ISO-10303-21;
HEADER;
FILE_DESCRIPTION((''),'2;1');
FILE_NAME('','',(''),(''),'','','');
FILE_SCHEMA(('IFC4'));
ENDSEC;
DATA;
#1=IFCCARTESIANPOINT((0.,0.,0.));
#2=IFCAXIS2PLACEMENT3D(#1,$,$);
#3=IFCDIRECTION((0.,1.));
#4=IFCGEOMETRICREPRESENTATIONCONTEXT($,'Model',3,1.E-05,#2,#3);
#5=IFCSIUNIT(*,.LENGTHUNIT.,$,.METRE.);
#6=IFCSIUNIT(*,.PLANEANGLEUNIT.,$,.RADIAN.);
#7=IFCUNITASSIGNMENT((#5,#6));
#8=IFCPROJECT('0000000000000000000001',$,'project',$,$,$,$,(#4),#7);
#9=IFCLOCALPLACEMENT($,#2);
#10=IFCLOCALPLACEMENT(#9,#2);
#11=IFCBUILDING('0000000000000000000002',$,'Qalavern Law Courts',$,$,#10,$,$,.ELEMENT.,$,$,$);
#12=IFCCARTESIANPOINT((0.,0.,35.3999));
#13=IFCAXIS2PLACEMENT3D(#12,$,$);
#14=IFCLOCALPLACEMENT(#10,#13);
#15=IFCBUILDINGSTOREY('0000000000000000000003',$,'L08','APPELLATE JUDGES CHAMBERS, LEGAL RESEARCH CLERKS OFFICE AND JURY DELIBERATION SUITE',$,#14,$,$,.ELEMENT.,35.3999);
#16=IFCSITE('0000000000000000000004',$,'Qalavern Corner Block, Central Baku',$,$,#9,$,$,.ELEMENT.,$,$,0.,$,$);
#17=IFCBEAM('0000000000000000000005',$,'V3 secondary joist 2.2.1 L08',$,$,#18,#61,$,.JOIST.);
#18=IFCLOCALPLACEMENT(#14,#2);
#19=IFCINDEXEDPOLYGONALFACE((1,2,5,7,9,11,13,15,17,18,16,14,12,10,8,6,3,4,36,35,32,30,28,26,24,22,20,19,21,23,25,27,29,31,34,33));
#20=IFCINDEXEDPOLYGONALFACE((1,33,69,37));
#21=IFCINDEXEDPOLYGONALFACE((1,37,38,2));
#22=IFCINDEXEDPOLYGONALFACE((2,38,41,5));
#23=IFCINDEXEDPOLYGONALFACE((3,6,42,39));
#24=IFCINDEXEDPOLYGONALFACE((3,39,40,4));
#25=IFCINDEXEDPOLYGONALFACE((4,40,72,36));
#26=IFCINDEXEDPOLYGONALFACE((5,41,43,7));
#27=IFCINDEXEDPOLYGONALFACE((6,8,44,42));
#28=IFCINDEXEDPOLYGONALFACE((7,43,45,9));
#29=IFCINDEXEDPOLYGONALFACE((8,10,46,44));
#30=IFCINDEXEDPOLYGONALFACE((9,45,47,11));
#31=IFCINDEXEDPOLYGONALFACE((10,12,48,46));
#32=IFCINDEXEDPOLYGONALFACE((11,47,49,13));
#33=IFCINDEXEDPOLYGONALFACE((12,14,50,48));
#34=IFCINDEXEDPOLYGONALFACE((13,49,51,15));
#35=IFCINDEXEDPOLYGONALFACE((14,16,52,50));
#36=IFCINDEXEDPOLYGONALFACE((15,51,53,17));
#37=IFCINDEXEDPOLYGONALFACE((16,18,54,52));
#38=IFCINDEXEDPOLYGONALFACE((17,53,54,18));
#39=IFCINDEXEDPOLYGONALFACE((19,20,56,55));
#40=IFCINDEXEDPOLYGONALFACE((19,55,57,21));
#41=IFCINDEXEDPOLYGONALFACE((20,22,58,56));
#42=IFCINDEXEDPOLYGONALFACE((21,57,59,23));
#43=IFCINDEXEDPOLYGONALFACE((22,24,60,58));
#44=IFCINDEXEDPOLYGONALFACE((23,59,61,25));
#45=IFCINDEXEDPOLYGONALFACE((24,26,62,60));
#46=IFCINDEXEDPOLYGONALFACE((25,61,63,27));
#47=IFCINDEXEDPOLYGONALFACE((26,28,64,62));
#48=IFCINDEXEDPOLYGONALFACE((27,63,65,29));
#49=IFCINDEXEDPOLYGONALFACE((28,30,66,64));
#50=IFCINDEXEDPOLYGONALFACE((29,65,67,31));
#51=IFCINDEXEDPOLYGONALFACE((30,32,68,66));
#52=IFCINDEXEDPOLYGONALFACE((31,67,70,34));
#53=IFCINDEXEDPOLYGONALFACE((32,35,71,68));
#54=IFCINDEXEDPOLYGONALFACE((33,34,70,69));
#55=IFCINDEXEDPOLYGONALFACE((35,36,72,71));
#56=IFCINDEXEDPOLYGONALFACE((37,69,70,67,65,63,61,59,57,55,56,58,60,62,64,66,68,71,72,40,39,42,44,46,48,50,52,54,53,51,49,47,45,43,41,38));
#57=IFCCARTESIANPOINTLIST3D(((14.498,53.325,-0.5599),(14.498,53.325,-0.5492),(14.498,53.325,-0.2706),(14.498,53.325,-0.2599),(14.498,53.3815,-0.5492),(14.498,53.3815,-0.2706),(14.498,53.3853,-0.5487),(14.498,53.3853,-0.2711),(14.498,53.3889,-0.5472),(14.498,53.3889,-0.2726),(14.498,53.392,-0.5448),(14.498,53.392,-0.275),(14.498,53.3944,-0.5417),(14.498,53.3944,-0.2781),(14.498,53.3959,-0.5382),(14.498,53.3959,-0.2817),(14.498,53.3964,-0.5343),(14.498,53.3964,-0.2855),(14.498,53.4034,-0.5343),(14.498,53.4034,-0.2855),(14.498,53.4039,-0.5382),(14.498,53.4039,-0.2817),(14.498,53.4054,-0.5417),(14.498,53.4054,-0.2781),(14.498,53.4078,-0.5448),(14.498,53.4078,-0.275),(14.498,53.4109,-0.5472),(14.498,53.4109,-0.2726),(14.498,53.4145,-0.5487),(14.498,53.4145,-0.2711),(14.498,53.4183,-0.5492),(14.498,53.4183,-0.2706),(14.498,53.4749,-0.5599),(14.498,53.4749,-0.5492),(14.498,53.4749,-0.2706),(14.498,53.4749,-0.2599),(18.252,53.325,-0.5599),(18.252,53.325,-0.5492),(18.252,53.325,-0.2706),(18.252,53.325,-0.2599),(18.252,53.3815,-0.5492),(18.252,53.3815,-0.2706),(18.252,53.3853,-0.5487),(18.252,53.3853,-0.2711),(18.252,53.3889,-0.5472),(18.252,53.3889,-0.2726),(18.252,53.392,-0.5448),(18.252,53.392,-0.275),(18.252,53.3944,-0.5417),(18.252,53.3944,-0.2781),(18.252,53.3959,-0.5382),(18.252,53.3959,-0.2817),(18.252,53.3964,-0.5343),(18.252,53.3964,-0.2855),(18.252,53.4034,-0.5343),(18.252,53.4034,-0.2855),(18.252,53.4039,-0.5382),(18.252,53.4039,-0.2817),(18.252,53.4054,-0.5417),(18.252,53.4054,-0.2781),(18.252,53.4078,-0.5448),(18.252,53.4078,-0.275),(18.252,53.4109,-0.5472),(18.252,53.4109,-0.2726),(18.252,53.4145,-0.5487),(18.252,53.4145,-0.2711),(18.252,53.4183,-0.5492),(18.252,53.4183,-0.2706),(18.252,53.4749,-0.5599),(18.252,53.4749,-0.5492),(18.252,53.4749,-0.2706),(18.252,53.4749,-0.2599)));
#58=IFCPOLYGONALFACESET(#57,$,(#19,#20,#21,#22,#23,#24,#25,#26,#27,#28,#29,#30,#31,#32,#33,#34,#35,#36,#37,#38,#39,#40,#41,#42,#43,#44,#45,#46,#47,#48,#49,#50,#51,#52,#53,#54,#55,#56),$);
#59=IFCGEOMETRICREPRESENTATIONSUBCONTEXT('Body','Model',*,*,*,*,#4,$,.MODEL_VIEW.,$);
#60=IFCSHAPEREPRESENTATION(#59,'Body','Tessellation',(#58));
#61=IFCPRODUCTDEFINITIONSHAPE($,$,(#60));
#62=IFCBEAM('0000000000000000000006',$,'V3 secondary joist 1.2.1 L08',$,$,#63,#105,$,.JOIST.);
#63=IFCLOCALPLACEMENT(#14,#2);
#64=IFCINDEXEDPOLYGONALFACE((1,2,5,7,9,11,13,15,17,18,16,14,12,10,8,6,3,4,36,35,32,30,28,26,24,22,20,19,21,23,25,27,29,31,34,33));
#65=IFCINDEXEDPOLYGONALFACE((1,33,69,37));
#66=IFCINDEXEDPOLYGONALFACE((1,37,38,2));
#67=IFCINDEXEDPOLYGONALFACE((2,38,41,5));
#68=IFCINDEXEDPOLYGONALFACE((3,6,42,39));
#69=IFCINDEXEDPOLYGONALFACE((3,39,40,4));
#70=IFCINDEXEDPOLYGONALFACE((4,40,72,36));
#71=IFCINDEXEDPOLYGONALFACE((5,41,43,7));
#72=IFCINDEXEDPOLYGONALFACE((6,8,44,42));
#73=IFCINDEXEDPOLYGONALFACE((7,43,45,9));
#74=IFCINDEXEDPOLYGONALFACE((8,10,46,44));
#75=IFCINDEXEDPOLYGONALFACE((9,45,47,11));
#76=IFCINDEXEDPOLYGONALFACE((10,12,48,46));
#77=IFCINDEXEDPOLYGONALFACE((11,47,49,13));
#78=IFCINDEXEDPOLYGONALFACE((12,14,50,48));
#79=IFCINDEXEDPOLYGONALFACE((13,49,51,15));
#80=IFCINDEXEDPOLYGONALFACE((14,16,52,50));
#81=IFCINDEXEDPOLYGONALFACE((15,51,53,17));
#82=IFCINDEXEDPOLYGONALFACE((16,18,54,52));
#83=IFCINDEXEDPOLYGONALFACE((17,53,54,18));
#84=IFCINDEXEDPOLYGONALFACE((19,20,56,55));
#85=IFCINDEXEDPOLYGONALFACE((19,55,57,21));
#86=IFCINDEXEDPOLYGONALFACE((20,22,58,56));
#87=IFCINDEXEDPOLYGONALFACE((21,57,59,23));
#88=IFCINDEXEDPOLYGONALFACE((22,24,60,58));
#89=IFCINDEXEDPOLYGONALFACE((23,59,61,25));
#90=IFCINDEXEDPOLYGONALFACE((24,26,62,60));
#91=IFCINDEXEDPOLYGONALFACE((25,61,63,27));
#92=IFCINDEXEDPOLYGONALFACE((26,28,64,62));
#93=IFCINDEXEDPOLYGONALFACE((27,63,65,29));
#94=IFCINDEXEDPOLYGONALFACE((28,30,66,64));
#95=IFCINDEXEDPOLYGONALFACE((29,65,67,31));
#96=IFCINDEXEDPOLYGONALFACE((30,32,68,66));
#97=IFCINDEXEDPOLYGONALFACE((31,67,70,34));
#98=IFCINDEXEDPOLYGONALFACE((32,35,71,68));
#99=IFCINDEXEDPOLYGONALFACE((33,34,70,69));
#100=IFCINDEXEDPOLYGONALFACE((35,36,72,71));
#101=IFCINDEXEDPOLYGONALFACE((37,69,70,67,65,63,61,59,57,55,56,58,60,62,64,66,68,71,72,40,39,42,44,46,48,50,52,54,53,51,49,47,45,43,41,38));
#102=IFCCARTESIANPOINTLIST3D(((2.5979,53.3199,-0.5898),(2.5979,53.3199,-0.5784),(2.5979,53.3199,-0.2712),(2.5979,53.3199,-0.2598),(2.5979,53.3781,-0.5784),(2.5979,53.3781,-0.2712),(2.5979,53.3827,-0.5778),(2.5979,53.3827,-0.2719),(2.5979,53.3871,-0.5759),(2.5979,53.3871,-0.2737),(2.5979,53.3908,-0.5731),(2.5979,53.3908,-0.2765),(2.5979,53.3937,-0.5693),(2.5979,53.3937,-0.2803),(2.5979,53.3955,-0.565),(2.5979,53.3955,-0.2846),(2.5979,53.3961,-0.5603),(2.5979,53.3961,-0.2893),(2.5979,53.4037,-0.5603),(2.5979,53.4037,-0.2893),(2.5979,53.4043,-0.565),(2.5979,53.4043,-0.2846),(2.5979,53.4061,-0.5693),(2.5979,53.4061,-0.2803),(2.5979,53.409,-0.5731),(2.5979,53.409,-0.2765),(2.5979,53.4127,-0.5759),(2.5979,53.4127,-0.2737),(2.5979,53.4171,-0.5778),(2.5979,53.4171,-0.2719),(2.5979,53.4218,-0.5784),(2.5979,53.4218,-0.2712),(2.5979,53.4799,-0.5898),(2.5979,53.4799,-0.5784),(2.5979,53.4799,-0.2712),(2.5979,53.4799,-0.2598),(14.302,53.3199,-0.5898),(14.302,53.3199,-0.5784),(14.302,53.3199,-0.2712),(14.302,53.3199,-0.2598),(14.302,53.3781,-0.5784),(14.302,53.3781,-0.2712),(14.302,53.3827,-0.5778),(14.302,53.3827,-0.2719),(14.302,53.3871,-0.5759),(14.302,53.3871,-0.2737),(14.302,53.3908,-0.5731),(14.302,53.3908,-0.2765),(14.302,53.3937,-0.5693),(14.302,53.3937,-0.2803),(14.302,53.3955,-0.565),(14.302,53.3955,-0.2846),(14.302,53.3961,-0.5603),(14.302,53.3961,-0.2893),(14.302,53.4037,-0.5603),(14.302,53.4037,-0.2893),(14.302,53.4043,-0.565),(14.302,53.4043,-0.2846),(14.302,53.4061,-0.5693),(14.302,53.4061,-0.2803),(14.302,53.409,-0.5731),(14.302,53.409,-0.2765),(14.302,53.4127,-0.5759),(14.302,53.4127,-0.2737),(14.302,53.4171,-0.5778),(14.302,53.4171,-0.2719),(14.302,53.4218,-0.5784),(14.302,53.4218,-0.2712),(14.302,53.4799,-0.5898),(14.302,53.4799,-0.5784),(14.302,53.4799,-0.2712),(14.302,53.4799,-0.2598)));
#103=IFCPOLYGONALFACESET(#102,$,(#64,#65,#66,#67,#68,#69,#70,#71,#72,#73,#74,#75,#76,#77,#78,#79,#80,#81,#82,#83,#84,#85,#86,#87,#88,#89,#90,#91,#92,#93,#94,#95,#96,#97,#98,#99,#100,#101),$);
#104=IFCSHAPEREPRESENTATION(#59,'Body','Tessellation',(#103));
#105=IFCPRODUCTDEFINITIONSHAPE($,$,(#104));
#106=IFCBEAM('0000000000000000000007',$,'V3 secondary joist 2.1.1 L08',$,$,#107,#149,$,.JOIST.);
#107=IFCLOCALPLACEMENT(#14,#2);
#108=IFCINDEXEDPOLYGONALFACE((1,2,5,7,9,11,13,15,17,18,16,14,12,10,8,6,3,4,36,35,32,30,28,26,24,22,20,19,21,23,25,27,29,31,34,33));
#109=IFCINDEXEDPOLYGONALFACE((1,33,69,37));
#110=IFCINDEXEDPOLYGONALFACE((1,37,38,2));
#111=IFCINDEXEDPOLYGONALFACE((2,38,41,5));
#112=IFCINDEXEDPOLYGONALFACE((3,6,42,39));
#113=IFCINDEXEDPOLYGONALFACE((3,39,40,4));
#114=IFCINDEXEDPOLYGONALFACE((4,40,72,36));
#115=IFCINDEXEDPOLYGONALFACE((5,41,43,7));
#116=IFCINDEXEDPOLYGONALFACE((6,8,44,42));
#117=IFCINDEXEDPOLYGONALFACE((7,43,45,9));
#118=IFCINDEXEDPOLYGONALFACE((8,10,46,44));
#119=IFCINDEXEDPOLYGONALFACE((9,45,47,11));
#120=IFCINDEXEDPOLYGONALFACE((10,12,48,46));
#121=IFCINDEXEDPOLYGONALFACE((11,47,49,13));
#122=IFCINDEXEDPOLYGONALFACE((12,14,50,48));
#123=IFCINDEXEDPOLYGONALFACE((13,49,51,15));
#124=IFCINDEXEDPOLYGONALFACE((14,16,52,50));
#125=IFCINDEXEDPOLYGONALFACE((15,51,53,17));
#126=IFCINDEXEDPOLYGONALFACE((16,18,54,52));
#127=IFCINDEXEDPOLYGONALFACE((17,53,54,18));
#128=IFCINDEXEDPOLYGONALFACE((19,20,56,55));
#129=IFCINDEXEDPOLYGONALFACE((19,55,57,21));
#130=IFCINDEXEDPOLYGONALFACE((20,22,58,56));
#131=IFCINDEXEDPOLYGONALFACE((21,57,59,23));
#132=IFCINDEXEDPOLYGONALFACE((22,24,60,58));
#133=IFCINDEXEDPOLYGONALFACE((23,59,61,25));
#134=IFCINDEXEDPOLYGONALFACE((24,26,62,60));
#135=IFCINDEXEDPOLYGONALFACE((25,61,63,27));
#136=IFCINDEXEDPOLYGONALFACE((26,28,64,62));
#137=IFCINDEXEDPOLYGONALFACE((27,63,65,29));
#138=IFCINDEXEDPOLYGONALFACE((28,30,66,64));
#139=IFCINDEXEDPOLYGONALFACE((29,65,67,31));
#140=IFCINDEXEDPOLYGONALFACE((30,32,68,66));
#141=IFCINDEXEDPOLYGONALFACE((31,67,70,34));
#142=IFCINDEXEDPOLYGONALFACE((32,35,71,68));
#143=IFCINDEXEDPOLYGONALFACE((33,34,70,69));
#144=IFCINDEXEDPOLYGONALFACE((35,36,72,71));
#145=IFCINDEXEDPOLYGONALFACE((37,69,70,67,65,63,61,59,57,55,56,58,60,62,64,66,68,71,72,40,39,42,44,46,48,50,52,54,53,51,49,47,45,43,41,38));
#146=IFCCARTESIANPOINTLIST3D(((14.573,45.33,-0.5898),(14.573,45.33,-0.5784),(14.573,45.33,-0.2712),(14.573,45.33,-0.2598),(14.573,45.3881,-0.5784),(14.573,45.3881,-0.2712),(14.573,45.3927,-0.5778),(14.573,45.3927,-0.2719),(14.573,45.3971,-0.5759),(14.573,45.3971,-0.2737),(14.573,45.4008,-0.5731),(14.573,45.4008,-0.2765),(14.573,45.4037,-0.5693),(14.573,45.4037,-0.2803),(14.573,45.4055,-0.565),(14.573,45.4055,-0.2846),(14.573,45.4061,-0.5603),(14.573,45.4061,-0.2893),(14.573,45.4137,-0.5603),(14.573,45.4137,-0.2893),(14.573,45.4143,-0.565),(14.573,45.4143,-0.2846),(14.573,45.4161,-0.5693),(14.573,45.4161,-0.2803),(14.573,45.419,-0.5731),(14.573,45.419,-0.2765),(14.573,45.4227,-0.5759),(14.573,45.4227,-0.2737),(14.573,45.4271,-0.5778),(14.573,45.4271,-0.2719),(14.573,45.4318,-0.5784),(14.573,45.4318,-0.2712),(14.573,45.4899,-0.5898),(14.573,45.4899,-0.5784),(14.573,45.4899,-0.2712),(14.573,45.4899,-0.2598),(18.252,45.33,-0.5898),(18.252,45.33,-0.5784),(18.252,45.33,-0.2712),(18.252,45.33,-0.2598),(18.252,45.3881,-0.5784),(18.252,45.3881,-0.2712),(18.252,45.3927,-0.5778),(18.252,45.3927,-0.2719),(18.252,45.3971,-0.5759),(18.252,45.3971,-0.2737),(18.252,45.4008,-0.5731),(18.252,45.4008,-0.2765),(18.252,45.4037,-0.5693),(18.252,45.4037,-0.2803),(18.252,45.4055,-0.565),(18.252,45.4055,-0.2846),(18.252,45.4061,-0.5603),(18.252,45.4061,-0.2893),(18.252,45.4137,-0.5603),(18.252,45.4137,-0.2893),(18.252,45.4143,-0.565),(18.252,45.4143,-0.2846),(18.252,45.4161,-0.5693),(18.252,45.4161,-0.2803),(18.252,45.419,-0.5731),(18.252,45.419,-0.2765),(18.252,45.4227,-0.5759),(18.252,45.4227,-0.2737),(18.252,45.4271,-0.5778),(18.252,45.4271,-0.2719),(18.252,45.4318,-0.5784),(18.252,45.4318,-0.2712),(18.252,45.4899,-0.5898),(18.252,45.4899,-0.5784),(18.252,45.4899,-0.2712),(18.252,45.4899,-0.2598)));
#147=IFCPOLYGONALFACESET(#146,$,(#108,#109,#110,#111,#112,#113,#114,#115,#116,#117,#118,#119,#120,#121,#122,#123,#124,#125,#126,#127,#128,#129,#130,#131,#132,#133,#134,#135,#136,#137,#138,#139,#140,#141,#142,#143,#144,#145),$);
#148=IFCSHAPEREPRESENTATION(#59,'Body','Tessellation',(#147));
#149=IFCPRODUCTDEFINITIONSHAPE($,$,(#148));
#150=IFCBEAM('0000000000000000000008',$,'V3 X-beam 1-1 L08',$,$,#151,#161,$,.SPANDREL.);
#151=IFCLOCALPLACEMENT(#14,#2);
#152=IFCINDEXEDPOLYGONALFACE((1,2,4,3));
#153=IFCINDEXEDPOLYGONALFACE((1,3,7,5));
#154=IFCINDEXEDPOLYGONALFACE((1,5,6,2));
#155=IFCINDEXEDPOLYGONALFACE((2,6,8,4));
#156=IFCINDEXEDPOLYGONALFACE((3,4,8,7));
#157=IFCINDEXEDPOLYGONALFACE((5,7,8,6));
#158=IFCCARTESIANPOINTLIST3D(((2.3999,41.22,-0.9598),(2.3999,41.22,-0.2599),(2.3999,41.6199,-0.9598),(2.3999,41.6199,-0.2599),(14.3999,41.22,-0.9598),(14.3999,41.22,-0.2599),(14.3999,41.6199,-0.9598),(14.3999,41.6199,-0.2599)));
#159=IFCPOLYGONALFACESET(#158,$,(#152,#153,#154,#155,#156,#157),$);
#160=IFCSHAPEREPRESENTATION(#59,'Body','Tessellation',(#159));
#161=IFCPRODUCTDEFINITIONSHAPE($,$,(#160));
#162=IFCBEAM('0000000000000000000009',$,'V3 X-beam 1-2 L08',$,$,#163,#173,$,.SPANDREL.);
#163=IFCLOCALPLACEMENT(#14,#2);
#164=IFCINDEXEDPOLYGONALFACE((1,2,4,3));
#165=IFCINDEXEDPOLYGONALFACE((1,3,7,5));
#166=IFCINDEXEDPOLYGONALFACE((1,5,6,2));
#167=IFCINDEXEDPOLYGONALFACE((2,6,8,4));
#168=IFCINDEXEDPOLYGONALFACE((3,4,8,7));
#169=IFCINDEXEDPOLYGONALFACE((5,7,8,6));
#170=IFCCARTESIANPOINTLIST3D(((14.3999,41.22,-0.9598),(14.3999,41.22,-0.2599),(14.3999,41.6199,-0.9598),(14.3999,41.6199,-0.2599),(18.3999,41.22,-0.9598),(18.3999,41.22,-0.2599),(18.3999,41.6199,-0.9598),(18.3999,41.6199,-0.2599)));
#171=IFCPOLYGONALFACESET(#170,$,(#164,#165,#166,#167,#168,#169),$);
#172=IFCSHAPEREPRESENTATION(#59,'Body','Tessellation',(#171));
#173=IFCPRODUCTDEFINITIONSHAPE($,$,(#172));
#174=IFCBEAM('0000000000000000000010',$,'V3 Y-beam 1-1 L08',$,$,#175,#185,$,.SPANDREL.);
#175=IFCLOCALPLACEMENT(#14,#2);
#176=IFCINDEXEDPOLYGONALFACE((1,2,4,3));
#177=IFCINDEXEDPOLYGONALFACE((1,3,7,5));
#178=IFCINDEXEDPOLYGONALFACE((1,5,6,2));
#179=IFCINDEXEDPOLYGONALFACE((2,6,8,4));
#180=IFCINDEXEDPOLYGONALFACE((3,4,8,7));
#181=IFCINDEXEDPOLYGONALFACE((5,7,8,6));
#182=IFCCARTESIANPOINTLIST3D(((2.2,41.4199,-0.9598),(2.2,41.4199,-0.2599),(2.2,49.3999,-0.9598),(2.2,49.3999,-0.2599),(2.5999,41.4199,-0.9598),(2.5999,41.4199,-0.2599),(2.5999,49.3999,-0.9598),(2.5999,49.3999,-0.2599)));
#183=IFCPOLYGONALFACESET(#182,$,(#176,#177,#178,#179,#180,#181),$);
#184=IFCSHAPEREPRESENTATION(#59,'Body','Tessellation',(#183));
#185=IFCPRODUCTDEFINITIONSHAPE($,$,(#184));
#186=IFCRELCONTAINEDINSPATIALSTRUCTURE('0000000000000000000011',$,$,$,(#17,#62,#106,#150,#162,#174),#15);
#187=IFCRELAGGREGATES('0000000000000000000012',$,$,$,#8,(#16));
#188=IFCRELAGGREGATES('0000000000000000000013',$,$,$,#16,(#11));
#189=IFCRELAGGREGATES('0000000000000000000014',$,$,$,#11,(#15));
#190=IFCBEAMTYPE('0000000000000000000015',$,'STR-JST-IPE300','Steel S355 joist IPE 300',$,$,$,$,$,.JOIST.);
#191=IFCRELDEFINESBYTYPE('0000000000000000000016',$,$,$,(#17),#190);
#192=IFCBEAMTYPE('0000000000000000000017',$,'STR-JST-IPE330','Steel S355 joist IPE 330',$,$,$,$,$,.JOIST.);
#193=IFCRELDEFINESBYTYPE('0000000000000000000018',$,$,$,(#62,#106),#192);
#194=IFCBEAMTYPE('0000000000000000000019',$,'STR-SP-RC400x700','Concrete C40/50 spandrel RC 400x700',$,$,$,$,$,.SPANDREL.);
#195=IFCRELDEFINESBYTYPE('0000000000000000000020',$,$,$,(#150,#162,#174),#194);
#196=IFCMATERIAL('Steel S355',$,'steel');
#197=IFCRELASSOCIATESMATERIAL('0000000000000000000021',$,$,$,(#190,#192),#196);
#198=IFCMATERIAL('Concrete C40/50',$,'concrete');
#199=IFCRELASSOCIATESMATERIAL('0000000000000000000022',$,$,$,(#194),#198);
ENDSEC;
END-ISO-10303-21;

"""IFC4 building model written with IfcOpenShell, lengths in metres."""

from ifc_helpers import new_model, si_unit, direction, frame, origin, origin_2d, place, context, subcontext, project, spatial, rectangle, i_section, extrude, material, material_profile, profile_set, type_object, element, save


model = new_model("IFC4")

# Units and contexts
model_context = context("Model", 3, precision=1e-05, world=origin(), true_north=direction((0.0, 1.0)))
body_context = subcontext(model_context, "Body", "Model", "MODEL_VIEW")
ifc_project = project(units=[si_unit("LENGTHUNIT", "METRE"), si_unit("PLANEANGLEUNIT", "RADIAN")], contexts=[model_context])

# Site, building, storey
site_placement = place(None, origin())
site = spatial("IfcSite", under=ifc_project, at=site_placement, Name="Qalavern Corner Block, Central Baku", CompositionType="ELEMENT", RefElevation=0.0)
building_placement = place(site_placement, origin())
building = spatial("IfcBuilding", under=site, at=building_placement, Name="Qalavern Law Courts", CompositionType="ELEMENT")
storey_placement = place(building_placement, frame((0.0, 0.0, 35.3999)))
storey = spatial("IfcBuildingStorey", under=building, at=storey_placement, Name="L08", Description="APPELLATE JUDGES CHAMBERS, LEGAL RESEARCH CLERKS OFFICE AND JURY DELIBERATION SUITE", CompositionType="ELEMENT", Elevation=35.3999)

# Beams
ifc_material_1 = material(Name="Steel S355", Category="steel")
ifc_material_2 = material(Name="Concrete C40/50", Category="concrete")
ifc_material_profile_1 = material_profile(ifc_material_1, i_section(OverallWidth=0.1499, OverallDepth=0.3, WebThickness=0.0071, FlangeThickness=0.0107, FilletRadius=0.0149, at=origin_2d()), Name="IPE 300")
ifc_profile_set_1 = profile_set([ifc_material_profile_1], Name="Steel S355")
beam_type_1 = type_object("IfcBeamType", Name="STR-JST-IPE300", Description="Steel S355 joist IPE 300", PredefinedType="JOIST", material=ifc_profile_set_1)
beam_1_placement = place(storey_placement, frame((14.498, 53.3999, -0.4099), z_axis=(1.0, 0.0, 0.0), x_axis=(0.0, 1.0, 0.0)))
element("IfcBeam", 1, at=beam_1_placement, inside=storey, type_object=beam_type_1, Name="V3 secondary joist 2.2.1 L08", PredefinedType="JOIST", context=body_context, shape_type="SweptSolid", body=[
    extrude(i_section(OverallWidth=0.1499, OverallDepth=0.3, WebThickness=0.0071, FlangeThickness=0.0107, FilletRadius=0.0149, at=origin_2d()), origin(), (0.0, 0.0, 1.0), 3.7539),
])
ifc_material_profile_2 = material_profile(ifc_material_1, i_section(OverallWidth=0.1599, OverallDepth=0.3301, WebThickness=0.0076, FlangeThickness=0.0115, FilletRadius=0.0181, at=origin_2d()), Name="IPE 330")
ifc_profile_set_2 = profile_set([ifc_material_profile_2], Name="Steel S355")
beam_type_2 = type_object("IfcBeamType", Name="STR-JST-IPE330", Description="Steel S355 joist IPE 330", PredefinedType="JOIST", material=ifc_profile_set_2)
beam_2_placement = place(storey_placement, frame((2.5979, 53.3999, -0.4248), z_axis=(1.0, 0.0, 0.0), x_axis=(0.0, 1.0, 0.0)))
element("IfcBeam", 2, at=beam_2_placement, inside=storey, type_object=beam_type_2, Name="V3 secondary joist 1.2.1 L08", PredefinedType="JOIST", context=body_context, shape_type="SweptSolid", body=[
    extrude(i_section(OverallWidth=0.1599, OverallDepth=0.3301, WebThickness=0.0076, FlangeThickness=0.0115, FilletRadius=0.0181, at=origin_2d()), origin(), (0.0, 0.0, 1.0), 11.7041),
])
beam_3_placement = place(storey_placement, frame((14.573, 45.4099, -0.4248), z_axis=(1.0, 0.0, 0.0), x_axis=(0.0, 1.0, 0.0)))
element("IfcBeam", 3, at=beam_3_placement, inside=storey, type_object=beam_type_2, Name="V3 secondary joist 2.1.1 L08", PredefinedType="JOIST", context=body_context, shape_type="SweptSolid", body=[
    extrude(i_section(OverallWidth=0.1599, OverallDepth=0.3301, WebThickness=0.0076, FlangeThickness=0.0115, FilletRadius=0.0181, at=origin_2d()), origin(), (0.0, 0.0, 1.0), 3.679),
])
ifc_material_profile_3 = material_profile(ifc_material_2, rectangle(XDim=0.3999, YDim=0.7, at=origin_2d()), Name="RC 400x700")
ifc_profile_set_3 = profile_set([ifc_material_profile_3], Name="Concrete C40/50")
beam_type_3 = type_object("IfcBeamType", Name="STR-SP-RC400x700", Description="Concrete C40/50 spandrel RC 400x700", PredefinedType="SPANDREL", material=ifc_profile_set_3)
beam_4_placement = place(storey_placement, frame((2.3999, 41.4199, -0.6099), z_axis=(1.0, 0.0, 0.0), x_axis=(0.0, 1.0, 0.0)))
element("IfcBeam", 4, at=beam_4_placement, inside=storey, type_object=beam_type_3, Name="V3 X-beam 1-1 L08", PredefinedType="SPANDREL", context=body_context, shape_type="SweptSolid", body=[
    extrude(rectangle(XDim=0.3999, YDim=0.7, at=origin_2d()), origin(), (0.0, 0.0, 1.0), 12.0),
])
beam_5_placement = place(storey_placement, frame((14.3999, 41.4199, -0.6099), z_axis=(1.0, 0.0, 0.0), x_axis=(0.0, 1.0, 0.0)))
element("IfcBeam", 5, at=beam_5_placement, inside=storey, type_object=beam_type_3, Name="V3 X-beam 1-2 L08", PredefinedType="SPANDREL", context=body_context, shape_type="SweptSolid", body=[
    extrude(rectangle(XDim=0.3999, YDim=0.7, at=origin_2d()), origin(), (0.0, 0.0, 1.0), 4.0),
])
beam_6_placement = place(storey_placement, frame((2.3999, 41.4199, -0.6099), z_axis=(0.0, 1.0, 0.0), x_axis=(-1.0, 0.0, 0.0)))
element("IfcBeam", 6, at=beam_6_placement, inside=storey, type_object=beam_type_3, Name="V3 Y-beam 1-1 L08", PredefinedType="SPANDREL", context=body_context, shape_type="SweptSolid", body=[
    extrude(rectangle(XDim=0.3999, YDim=0.7, at=origin_2d()), origin(), (0.0, 0.0, 1.0), 7.98),
])

save(model, "model.ifc")
